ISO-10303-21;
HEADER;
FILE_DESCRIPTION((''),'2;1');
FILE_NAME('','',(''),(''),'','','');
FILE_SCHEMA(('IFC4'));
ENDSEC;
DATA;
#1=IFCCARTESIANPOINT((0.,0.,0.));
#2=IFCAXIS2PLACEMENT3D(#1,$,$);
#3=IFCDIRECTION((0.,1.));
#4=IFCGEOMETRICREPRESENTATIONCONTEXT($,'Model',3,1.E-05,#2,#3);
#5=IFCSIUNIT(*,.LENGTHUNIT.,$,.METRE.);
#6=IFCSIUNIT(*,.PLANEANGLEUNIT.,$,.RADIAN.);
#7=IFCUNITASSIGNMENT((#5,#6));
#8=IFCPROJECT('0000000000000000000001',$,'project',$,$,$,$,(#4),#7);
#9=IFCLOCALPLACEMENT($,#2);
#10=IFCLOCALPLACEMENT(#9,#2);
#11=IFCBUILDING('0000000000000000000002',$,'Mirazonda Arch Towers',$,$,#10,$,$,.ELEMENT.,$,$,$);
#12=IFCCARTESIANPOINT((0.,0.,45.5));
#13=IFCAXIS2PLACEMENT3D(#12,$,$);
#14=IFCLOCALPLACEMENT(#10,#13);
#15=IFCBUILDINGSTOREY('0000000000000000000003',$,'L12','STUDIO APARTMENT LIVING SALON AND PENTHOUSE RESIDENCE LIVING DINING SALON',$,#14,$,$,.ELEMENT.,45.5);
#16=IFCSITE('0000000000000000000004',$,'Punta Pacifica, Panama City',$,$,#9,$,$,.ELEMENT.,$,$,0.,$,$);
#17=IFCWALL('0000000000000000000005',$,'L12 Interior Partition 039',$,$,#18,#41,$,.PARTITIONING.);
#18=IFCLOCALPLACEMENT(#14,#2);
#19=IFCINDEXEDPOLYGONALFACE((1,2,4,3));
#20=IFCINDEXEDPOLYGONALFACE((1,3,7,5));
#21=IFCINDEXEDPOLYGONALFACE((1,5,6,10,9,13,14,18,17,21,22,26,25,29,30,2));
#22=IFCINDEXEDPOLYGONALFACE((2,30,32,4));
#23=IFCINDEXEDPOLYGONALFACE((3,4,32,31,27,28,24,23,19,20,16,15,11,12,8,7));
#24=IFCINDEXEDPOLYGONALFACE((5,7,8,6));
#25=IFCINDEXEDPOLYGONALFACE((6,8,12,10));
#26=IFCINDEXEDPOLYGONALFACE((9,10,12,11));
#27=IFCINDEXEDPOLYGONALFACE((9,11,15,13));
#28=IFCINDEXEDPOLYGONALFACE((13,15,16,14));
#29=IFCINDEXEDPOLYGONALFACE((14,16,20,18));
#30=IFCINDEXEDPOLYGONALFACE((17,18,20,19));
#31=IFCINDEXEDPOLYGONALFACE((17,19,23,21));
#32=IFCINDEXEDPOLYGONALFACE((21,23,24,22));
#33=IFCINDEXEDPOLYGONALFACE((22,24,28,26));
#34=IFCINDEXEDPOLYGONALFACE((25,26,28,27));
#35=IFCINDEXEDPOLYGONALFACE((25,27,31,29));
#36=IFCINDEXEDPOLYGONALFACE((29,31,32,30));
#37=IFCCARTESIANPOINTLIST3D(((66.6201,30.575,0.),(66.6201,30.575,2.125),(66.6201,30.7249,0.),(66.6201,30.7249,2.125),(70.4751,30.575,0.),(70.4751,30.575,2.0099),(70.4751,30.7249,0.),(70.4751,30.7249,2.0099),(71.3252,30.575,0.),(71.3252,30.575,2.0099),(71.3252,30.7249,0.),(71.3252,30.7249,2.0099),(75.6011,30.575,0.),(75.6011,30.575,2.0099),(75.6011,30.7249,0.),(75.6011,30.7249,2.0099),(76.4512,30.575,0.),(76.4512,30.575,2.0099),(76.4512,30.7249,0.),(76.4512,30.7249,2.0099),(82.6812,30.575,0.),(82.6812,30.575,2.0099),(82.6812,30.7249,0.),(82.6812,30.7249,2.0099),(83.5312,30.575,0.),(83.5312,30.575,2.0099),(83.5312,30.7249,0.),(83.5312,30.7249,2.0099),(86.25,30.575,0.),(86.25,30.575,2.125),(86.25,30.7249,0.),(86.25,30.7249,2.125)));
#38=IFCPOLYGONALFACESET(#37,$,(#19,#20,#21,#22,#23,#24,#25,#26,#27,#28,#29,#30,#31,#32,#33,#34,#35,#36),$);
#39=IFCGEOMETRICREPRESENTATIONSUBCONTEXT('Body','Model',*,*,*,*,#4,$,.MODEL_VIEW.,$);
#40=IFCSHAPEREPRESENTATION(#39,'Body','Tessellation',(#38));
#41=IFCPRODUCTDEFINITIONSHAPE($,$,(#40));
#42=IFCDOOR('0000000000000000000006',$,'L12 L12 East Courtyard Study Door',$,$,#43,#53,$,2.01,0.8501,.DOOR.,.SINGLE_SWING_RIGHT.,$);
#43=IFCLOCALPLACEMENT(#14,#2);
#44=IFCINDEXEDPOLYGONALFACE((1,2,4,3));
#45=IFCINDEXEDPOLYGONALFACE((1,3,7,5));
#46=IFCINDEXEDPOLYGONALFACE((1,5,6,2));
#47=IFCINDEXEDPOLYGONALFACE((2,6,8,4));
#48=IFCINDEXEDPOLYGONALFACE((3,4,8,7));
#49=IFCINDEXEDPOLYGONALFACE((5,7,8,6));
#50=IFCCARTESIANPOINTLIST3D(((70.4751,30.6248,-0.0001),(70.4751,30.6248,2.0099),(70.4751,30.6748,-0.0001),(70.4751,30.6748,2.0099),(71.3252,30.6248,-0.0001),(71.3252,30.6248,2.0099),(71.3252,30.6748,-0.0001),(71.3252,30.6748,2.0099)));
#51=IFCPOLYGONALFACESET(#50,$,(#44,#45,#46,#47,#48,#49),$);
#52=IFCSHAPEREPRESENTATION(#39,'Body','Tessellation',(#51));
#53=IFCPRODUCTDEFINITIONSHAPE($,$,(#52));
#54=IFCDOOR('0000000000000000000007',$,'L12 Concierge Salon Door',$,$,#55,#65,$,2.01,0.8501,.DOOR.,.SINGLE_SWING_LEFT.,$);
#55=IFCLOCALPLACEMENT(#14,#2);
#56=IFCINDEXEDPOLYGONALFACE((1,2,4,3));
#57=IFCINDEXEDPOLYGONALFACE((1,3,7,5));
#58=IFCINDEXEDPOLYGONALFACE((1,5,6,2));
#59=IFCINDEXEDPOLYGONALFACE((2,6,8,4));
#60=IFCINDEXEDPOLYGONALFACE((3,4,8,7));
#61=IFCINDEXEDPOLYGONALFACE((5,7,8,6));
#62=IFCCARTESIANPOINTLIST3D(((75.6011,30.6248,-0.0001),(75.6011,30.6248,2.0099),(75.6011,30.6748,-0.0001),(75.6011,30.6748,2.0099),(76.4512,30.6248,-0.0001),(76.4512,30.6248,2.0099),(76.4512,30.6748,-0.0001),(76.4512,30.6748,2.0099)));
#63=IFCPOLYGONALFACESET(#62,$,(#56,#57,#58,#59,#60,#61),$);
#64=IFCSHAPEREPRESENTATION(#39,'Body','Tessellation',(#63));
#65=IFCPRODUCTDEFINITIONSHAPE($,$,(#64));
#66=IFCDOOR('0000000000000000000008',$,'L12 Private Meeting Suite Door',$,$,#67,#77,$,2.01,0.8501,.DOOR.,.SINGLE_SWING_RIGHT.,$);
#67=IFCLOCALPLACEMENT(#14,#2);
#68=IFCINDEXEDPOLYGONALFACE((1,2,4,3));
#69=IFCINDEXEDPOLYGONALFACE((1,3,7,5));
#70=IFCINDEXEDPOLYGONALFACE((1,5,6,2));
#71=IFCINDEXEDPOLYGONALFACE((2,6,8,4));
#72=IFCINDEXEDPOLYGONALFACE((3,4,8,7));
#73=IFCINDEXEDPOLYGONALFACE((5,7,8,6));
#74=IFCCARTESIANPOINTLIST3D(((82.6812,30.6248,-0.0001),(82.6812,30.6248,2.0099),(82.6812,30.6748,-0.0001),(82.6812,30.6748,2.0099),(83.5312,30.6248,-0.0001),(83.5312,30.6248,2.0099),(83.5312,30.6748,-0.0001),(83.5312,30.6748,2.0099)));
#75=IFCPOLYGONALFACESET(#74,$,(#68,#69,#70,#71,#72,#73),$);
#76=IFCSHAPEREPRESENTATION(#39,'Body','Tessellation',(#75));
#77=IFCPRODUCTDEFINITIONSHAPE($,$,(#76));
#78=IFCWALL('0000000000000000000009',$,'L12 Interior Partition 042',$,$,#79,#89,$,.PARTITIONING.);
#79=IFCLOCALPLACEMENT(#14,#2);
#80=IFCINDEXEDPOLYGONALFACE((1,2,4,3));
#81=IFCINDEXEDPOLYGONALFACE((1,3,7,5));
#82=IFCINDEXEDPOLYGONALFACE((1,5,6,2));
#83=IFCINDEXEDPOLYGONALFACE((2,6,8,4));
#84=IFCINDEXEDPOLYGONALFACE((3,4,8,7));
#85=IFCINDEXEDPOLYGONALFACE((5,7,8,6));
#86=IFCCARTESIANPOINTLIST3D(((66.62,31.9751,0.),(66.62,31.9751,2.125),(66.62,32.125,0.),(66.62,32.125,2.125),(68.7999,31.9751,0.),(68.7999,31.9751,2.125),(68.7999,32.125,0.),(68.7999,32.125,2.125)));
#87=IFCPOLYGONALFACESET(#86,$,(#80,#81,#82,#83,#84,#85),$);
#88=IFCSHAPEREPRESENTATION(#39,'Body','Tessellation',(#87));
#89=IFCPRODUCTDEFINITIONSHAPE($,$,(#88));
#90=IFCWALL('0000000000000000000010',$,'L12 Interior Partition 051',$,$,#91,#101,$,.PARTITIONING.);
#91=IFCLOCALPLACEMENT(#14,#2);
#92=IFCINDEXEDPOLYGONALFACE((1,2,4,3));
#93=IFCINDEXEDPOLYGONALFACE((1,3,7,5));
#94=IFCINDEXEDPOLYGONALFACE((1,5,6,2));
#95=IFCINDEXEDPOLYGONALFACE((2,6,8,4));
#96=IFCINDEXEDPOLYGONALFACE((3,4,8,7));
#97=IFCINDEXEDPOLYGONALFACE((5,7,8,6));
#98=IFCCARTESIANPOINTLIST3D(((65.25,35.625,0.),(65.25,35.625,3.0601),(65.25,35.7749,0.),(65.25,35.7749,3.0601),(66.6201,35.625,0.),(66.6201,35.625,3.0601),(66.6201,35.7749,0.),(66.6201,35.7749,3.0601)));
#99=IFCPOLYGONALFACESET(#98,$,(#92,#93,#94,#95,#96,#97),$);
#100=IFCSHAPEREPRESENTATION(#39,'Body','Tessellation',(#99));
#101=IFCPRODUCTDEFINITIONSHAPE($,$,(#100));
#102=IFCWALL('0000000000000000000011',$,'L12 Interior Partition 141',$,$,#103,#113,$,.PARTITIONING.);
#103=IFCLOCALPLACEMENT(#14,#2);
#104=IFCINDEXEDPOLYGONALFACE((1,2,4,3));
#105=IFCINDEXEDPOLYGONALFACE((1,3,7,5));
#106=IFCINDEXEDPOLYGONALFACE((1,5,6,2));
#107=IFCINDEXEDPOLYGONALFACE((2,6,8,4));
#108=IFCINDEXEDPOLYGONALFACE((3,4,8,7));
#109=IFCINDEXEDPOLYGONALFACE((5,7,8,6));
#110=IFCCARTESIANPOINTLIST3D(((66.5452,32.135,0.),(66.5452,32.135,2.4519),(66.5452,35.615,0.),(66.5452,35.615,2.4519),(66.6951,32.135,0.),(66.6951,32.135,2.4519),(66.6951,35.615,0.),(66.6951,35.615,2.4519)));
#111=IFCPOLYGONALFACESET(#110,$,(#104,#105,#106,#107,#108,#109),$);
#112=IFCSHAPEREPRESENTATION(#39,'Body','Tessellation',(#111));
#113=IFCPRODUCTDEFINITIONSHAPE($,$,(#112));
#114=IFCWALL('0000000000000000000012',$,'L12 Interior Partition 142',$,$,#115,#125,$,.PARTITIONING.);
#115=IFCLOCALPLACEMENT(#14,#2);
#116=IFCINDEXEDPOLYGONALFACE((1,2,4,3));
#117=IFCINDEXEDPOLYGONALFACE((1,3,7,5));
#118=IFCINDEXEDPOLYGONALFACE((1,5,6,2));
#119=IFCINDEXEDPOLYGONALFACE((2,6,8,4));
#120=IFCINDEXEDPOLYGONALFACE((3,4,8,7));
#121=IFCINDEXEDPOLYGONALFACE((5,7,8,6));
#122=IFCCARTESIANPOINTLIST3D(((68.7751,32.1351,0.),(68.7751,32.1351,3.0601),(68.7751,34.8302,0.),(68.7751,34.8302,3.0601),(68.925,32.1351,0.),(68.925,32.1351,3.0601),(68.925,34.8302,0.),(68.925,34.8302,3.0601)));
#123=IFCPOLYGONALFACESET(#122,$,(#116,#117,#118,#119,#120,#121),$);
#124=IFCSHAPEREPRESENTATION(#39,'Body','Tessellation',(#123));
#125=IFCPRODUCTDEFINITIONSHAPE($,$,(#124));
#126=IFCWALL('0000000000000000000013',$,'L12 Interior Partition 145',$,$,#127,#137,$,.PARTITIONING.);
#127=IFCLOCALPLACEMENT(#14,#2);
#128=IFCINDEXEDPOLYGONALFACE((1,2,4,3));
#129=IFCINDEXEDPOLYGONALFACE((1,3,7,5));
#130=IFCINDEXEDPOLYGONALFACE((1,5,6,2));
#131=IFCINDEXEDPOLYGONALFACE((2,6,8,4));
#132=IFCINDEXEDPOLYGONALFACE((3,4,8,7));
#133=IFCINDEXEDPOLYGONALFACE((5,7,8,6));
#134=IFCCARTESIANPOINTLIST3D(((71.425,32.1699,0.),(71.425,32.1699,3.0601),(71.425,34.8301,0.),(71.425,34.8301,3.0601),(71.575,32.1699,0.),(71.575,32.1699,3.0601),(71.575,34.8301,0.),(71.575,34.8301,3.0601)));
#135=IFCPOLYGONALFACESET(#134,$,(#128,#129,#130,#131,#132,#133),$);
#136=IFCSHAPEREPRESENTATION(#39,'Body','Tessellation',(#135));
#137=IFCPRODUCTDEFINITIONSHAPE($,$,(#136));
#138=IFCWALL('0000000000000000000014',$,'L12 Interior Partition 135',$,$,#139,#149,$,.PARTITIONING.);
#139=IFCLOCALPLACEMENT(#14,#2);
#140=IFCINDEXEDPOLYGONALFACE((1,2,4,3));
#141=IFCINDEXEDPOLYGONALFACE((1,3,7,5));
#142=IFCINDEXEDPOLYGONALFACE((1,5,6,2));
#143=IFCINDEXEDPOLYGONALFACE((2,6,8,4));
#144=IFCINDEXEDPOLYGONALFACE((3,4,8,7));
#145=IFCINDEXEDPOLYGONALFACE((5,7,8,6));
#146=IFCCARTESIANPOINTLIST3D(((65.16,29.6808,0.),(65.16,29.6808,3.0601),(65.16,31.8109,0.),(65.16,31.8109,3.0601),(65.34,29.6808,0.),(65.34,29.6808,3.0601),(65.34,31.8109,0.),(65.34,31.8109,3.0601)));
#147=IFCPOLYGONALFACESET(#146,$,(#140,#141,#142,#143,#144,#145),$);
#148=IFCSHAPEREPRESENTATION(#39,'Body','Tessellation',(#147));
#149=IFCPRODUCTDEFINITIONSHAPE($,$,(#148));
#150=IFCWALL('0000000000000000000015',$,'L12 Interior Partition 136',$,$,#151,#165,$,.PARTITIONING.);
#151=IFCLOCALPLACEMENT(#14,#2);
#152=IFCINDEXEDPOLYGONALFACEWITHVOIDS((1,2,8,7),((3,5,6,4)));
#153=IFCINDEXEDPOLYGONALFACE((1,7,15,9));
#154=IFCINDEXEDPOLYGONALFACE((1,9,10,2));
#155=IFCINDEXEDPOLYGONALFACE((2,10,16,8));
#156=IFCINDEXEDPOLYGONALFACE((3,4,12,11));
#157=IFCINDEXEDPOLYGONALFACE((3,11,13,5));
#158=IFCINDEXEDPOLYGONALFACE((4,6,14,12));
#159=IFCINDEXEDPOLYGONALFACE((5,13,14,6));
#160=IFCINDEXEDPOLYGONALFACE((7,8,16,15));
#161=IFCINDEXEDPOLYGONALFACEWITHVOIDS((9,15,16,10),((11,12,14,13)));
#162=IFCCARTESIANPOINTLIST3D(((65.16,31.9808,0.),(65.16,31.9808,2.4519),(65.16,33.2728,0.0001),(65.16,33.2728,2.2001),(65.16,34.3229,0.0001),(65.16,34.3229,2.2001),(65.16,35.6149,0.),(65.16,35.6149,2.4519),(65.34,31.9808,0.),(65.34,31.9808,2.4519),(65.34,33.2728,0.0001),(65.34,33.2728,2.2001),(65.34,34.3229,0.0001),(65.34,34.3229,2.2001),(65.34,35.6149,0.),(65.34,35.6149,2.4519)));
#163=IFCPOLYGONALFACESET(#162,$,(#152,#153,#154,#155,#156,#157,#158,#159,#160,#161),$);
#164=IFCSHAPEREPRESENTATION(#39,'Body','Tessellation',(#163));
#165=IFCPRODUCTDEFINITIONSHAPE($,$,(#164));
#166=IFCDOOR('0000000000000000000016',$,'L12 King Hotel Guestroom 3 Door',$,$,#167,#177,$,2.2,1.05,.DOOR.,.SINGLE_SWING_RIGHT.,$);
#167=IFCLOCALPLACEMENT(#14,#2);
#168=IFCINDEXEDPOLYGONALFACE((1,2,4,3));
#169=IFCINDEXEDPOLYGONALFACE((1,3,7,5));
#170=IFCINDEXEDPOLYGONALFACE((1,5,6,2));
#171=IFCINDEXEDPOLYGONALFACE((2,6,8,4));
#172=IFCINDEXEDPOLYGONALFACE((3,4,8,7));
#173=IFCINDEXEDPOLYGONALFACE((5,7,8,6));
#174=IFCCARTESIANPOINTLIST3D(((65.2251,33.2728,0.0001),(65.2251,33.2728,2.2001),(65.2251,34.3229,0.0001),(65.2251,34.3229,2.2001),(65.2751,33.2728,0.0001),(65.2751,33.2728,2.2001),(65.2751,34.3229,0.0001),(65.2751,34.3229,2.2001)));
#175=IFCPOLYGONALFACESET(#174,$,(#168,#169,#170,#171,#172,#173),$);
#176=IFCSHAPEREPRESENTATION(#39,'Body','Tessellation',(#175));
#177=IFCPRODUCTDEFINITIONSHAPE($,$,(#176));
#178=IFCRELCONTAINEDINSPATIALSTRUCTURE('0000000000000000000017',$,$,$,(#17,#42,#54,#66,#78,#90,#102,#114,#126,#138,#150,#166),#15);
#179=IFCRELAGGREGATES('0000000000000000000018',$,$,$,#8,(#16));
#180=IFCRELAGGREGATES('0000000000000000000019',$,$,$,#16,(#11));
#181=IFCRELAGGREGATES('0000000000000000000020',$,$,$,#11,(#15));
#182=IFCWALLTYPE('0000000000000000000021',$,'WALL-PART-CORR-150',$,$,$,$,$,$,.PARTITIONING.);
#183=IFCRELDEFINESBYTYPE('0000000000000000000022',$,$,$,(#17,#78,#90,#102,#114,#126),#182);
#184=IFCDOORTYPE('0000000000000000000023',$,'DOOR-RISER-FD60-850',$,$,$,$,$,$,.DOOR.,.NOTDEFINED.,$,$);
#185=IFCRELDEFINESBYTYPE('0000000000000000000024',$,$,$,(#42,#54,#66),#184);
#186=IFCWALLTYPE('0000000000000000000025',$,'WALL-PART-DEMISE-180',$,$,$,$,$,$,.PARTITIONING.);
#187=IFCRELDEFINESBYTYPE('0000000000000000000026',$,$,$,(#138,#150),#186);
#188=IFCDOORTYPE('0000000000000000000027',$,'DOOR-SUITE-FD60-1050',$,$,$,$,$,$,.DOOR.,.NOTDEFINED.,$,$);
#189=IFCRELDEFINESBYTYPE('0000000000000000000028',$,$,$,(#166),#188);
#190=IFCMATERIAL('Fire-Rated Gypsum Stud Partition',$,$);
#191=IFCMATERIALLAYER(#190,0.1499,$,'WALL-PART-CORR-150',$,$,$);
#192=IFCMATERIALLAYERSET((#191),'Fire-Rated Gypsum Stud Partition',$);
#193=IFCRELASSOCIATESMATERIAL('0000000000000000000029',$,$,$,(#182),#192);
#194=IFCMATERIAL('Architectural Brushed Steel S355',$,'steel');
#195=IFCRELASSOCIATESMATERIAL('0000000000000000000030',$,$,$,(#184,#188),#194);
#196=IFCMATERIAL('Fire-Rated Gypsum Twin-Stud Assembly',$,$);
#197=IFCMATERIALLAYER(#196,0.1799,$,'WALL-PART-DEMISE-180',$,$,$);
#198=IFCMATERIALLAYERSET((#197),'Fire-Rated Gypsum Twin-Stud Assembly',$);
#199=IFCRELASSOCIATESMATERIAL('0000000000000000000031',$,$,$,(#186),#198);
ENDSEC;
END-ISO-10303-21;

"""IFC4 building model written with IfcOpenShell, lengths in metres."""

from ifc_helpers import new_model, si_unit, direction, frame, frame_2d, origin, place, context, subcontext, project, spatial, rectangle, extrude, material, layer, layer_set, type_object, element, fill, save


model = new_model("IFC4")

# Units and contexts
model_context = context("Model", 3, precision=1e-05, world=origin(), true_north=direction((0.0, 1.0)))
body_context = subcontext(model_context, "Body", "Model", "MODEL_VIEW")
ifc_project = project(units=[si_unit("LENGTHUNIT", "METRE"), si_unit("PLANEANGLEUNIT", "RADIAN")], contexts=[model_context])

# Site, building, storey
site_placement = place(None, origin())
site = spatial("IfcSite", under=ifc_project, at=site_placement, Name="Punta Pacifica, Panama City", CompositionType="ELEMENT", RefElevation=0.0)
building_placement = place(site_placement, origin())
building = spatial("IfcBuilding", under=site, at=building_placement, Name="Mirazonda Arch Towers", CompositionType="ELEMENT")
storey_placement = place(building_placement, frame((0.0, 0.0, 45.5)))
storey = spatial("IfcBuildingStorey", under=building, at=storey_placement, Name="L12", Description="STUDIO APARTMENT LIVING SALON AND PENTHOUSE RESIDENCE LIVING DINING SALON", CompositionType="ELEMENT", Elevation=45.5)

# Wall, openings, doors
ifc_material_1 = material(Name="Architectural Brushed Steel S355", Category="steel")
ifc_material_2 = material(Name="Fire-Rated Gypsum Stud Partition")
ifc_layer_1 = layer(ifc_material_2, 0.1499, Name="WALL-PART-CORR-150")
ifc_layer_set_1 = layer_set([ifc_layer_1], Name="Fire-Rated Gypsum Stud Partition")
wall_type_1 = type_object("IfcWallType", Name="WALL-PART-CORR-150", PredefinedType="PARTITIONING", material=ifc_layer_set_1)
wall_1_placement = place(storey_placement, frame((66.6201, 30.6499, 0.0), z_axis=(0.0, 0.0, 1.0), x_axis=(1.0, 0.0, 0.0)))
wall_1 = element("IfcWall", 1, at=wall_1_placement, inside=storey, type_object=wall_type_1, Name="L12 Interior Partition 039", PredefinedType="PARTITIONING", context=body_context, shape_type="SweptSolid", body=[
    extrude(rectangle(XDim=19.6299, YDim=0.1499, at=frame_2d((9.8149, 0.0))), origin(), (0.0, 0.0, 1.0), 2.125),
])
opening_1_placement = place(wall_1_placement, frame((3.855, 0.0, 0.0)))
opening_1 = element("IfcOpeningElement", 2, at=opening_1_placement, cuts=wall_1, PredefinedType="OPENING", context=body_context, shape_type="SweptSolid", body=[
    extrude(rectangle(XDim=0.8501, YDim=2.01, at=frame_2d((0.425, 1.0049))), frame((0.0, 0.085, 0.0), z_axis=(0.0, -1.0, 0.0), x_axis=(1.0, 0.0, 0.0)), (0.0, 0.0, 1.0), 0.1699),
])
opening_2_placement = place(wall_1_placement, frame((8.981, 0.0, 0.0)))
opening_2 = element("IfcOpeningElement", 3, at=opening_2_placement, cuts=wall_1, PredefinedType="OPENING", context=body_context, shape_type="SweptSolid", body=[
    extrude(rectangle(XDim=0.8501, YDim=2.01, at=frame_2d((0.425, 1.0049))), frame((0.0, 0.085, 0.0), z_axis=(0.0, -1.0, 0.0), x_axis=(1.0, 0.0, 0.0)), (0.0, 0.0, 1.0), 0.1699),
])
opening_3_placement = place(wall_1_placement, frame((16.061, 0.0, 0.0)))
opening_3 = element("IfcOpeningElement", 4, at=opening_3_placement, cuts=wall_1, PredefinedType="OPENING", context=body_context, shape_type="SweptSolid", body=[
    extrude(rectangle(XDim=0.8501, YDim=2.01, at=frame_2d((0.425, 1.0049))), frame((0.0, 0.085, 0.0), z_axis=(0.0, -1.0, 0.0), x_axis=(1.0, 0.0, 0.0)), (0.0, 0.0, 1.0), 0.1699),
])
door_type_1 = type_object("IfcDoorType", Name="DOOR-RISER-FD60-850", OperationType="NOTDEFINED", PredefinedType="DOOR", material=ifc_material_1)
door_1_placement = place(opening_1_placement, origin())
door_1 = element("IfcDoor", 5, at=door_1_placement, inside=storey, type_object=door_type_1, Name="L12 L12 East Courtyard Study Door", OperationType="SINGLE_SWING_RIGHT", OverallHeight=2.01, OverallWidth=0.8501, PredefinedType="DOOR", context=body_context, shape_type="SweptSolid", body=[
    extrude(rectangle(XDim=0.8501, YDim=2.01, at=frame_2d((0.425, 1.0049))), frame((0.0, 0.0249, 0.0), z_axis=(0.0, -1.0, 0.0), x_axis=(1.0, 0.0, 0.0)), (0.0, 0.0, 1.0), 0.05),
])
fill(opening_1, door_1)
door_2_placement = place(opening_2_placement, origin())
door_2 = element("IfcDoor", 6, at=door_2_placement, inside=storey, type_object=door_type_1, Name="L12 Concierge Salon Door", OperationType="SINGLE_SWING_LEFT", OverallHeight=2.01, OverallWidth=0.8501, PredefinedType="DOOR", context=body_context, shape_type="SweptSolid", body=[
    extrude(rectangle(XDim=0.8501, YDim=2.01, at=frame_2d((0.425, 1.0049))), frame((0.0, 0.0249, 0.0), z_axis=(0.0, -1.0, 0.0), x_axis=(1.0, 0.0, 0.0)), (0.0, 0.0, 1.0), 0.05),
])
fill(opening_2, door_2)
door_3_placement = place(opening_3_placement, origin())
door_3 = element("IfcDoor", 7, at=door_3_placement, inside=storey, type_object=door_type_1, Name="L12 Private Meeting Suite Door", OperationType="SINGLE_SWING_RIGHT", OverallHeight=2.01, OverallWidth=0.8501, PredefinedType="DOOR", context=body_context, shape_type="SweptSolid", body=[
    extrude(rectangle(XDim=0.8501, YDim=2.01, at=frame_2d((0.425, 1.0049))), frame((0.0, 0.0249, 0.0), z_axis=(0.0, -1.0, 0.0), x_axis=(1.0, 0.0, 0.0)), (0.0, 0.0, 1.0), 0.05),
])
fill(opening_3, door_3)

# Walls
wall_2_placement = place(storey_placement, frame((66.6201, 32.05, 0.0), z_axis=(0.0, 0.0, 1.0), x_axis=(1.0, 0.0, 0.0)))
element("IfcWall", 8, at=wall_2_placement, inside=storey, type_object=wall_type_1, Name="L12 Interior Partition 042", PredefinedType="PARTITIONING", context=body_context, shape_type="SweptSolid", body=[
    extrude(rectangle(XDim=2.1799, YDim=0.1499, at=frame_2d((1.0898, 0.0))), origin(), (0.0, 0.0, 1.0), 2.125),
])
wall_3_placement = place(storey_placement, frame((65.25, 35.7, 0.0), z_axis=(0.0, 0.0, 1.0), x_axis=(1.0, 0.0, 0.0)))
element("IfcWall", 9, at=wall_3_placement, inside=storey, type_object=wall_type_1, Name="L12 Interior Partition 051", PredefinedType="PARTITIONING", context=body_context, shape_type="SweptSolid", body=[
    extrude(rectangle(XDim=1.3701, YDim=0.1499, at=frame_2d((0.6851, 0.0))), origin(), (0.0, 0.0, 1.0), 3.0601),
])
wall_4_placement = place(storey_placement, frame((66.6201, 32.135, 0.0), z_axis=(0.0, 0.0, 1.0), x_axis=(0.0, 1.0, 0.0)))
element("IfcWall", 10, at=wall_4_placement, inside=storey, type_object=wall_type_1, Name="L12 Interior Partition 141", PredefinedType="PARTITIONING", context=body_context, shape_type="SweptSolid", body=[
    extrude(rectangle(XDim=3.48, YDim=0.1499, at=frame_2d((1.74, 0.0))), origin(), (0.0, 0.0, 1.0), 2.4519),
])
wall_5_placement = place(storey_placement, frame((68.8501, 32.135, 0.0), z_axis=(0.0, 0.0, 1.0), x_axis=(0.0, 1.0, 0.0)))
element("IfcWall", 11, at=wall_5_placement, inside=storey, type_object=wall_type_1, Name="L12 Interior Partition 142", PredefinedType="PARTITIONING", context=body_context, shape_type="SweptSolid", body=[
    extrude(rectangle(XDim=2.6951, YDim=0.1499, at=frame_2d((1.3477, 0.0))), origin(), (0.0, 0.0, 1.0), 3.0601),
])
wall_6_placement = place(storey_placement, frame((71.5, 32.1699, 0.0), z_axis=(0.0, 0.0, 1.0), x_axis=(0.0, 1.0, 0.0)))
element("IfcWall", 12, at=wall_6_placement, inside=storey, type_object=wall_type_1, Name="L12 Interior Partition 145", PredefinedType="PARTITIONING", context=body_context, shape_type="SweptSolid", body=[
    extrude(rectangle(XDim=2.6602, YDim=0.1499, at=frame_2d((1.3301, 0.0))), origin(), (0.0, 0.0, 1.0), 3.0601),
])
ifc_material_3 = material(Name="Fire-Rated Gypsum Twin-Stud Assembly")
ifc_layer_2 = layer(ifc_material_3, 0.1799, Name="WALL-PART-DEMISE-180")
ifc_layer_set_2 = layer_set([ifc_layer_2], Name="Fire-Rated Gypsum Twin-Stud Assembly")
wall_type_2 = type_object("IfcWallType", Name="WALL-PART-DEMISE-180", PredefinedType="PARTITIONING", material=ifc_layer_set_2)
wall_7_placement = place(storey_placement, frame((65.25, 29.6809, 0.0), z_axis=(0.0, 0.0, 1.0), x_axis=(0.0, 1.0, 0.0)))
element("IfcWall", 13, at=wall_7_placement, inside=storey, type_object=wall_type_2, Name="L12 Interior Partition 135", PredefinedType="PARTITIONING", context=body_context, shape_type="SweptSolid", body=[
    extrude(rectangle(XDim=2.1301, YDim=0.1799, at=frame_2d((1.0649, 0.0))), origin(), (0.0, 0.0, 1.0), 3.0601),
])

# Wall, opening, door
wall_8_placement = place(storey_placement, frame((65.25, 31.981, 0.0), z_axis=(0.0, 0.0, 1.0), x_axis=(0.0, 1.0, 0.0)))
wall_8 = element("IfcWall", 14, at=wall_8_placement, inside=storey, type_object=wall_type_2, Name="L12 Interior Partition 136", PredefinedType="PARTITIONING", context=body_context, shape_type="SweptSolid", body=[
    extrude(rectangle(XDim=3.634, YDim=0.1799, at=frame_2d((1.8169, 0.0))), origin(), (0.0, 0.0, 1.0), 2.4519),
])
opening_4_placement = place(wall_8_placement, frame((1.292, 0.0, 0.0)))
opening_4 = element("IfcOpeningElement", 15, at=opening_4_placement, cuts=wall_8, PredefinedType="OPENING", context=body_context, shape_type="SweptSolid", body=[
    extrude(rectangle(XDim=1.05, YDim=2.2, at=frame_2d((0.5249, 1.1001))), frame((0.0, 0.0999, 0.0), z_axis=(0.0, -1.0, 0.0), x_axis=(1.0, 0.0, 0.0)), (0.0, 0.0, 1.0), 0.2),
])
door_type_2 = type_object("IfcDoorType", Name="DOOR-SUITE-FD60-1050", OperationType="NOTDEFINED", PredefinedType="DOOR", material=ifc_material_1)
door_4_placement = place(opening_4_placement, origin())
door_4 = element("IfcDoor", 16, at=door_4_placement, inside=storey, type_object=door_type_2, Name="L12 King Hotel Guestroom 3 Door", OperationType="SINGLE_SWING_RIGHT", OverallHeight=2.2, OverallWidth=1.05, PredefinedType="DOOR", context=body_context, shape_type="SweptSolid", body=[
    extrude(rectangle(XDim=1.05, YDim=2.2, at=frame_2d((0.5249, 1.1001))), frame((0.0, 0.0249, 0.0), z_axis=(0.0, -1.0, 0.0), x_axis=(1.0, 0.0, 0.0)), (0.0, 0.0, 1.0), 0.05),
])
fill(opening_4, door_4)

save(model, "model.ifc")
